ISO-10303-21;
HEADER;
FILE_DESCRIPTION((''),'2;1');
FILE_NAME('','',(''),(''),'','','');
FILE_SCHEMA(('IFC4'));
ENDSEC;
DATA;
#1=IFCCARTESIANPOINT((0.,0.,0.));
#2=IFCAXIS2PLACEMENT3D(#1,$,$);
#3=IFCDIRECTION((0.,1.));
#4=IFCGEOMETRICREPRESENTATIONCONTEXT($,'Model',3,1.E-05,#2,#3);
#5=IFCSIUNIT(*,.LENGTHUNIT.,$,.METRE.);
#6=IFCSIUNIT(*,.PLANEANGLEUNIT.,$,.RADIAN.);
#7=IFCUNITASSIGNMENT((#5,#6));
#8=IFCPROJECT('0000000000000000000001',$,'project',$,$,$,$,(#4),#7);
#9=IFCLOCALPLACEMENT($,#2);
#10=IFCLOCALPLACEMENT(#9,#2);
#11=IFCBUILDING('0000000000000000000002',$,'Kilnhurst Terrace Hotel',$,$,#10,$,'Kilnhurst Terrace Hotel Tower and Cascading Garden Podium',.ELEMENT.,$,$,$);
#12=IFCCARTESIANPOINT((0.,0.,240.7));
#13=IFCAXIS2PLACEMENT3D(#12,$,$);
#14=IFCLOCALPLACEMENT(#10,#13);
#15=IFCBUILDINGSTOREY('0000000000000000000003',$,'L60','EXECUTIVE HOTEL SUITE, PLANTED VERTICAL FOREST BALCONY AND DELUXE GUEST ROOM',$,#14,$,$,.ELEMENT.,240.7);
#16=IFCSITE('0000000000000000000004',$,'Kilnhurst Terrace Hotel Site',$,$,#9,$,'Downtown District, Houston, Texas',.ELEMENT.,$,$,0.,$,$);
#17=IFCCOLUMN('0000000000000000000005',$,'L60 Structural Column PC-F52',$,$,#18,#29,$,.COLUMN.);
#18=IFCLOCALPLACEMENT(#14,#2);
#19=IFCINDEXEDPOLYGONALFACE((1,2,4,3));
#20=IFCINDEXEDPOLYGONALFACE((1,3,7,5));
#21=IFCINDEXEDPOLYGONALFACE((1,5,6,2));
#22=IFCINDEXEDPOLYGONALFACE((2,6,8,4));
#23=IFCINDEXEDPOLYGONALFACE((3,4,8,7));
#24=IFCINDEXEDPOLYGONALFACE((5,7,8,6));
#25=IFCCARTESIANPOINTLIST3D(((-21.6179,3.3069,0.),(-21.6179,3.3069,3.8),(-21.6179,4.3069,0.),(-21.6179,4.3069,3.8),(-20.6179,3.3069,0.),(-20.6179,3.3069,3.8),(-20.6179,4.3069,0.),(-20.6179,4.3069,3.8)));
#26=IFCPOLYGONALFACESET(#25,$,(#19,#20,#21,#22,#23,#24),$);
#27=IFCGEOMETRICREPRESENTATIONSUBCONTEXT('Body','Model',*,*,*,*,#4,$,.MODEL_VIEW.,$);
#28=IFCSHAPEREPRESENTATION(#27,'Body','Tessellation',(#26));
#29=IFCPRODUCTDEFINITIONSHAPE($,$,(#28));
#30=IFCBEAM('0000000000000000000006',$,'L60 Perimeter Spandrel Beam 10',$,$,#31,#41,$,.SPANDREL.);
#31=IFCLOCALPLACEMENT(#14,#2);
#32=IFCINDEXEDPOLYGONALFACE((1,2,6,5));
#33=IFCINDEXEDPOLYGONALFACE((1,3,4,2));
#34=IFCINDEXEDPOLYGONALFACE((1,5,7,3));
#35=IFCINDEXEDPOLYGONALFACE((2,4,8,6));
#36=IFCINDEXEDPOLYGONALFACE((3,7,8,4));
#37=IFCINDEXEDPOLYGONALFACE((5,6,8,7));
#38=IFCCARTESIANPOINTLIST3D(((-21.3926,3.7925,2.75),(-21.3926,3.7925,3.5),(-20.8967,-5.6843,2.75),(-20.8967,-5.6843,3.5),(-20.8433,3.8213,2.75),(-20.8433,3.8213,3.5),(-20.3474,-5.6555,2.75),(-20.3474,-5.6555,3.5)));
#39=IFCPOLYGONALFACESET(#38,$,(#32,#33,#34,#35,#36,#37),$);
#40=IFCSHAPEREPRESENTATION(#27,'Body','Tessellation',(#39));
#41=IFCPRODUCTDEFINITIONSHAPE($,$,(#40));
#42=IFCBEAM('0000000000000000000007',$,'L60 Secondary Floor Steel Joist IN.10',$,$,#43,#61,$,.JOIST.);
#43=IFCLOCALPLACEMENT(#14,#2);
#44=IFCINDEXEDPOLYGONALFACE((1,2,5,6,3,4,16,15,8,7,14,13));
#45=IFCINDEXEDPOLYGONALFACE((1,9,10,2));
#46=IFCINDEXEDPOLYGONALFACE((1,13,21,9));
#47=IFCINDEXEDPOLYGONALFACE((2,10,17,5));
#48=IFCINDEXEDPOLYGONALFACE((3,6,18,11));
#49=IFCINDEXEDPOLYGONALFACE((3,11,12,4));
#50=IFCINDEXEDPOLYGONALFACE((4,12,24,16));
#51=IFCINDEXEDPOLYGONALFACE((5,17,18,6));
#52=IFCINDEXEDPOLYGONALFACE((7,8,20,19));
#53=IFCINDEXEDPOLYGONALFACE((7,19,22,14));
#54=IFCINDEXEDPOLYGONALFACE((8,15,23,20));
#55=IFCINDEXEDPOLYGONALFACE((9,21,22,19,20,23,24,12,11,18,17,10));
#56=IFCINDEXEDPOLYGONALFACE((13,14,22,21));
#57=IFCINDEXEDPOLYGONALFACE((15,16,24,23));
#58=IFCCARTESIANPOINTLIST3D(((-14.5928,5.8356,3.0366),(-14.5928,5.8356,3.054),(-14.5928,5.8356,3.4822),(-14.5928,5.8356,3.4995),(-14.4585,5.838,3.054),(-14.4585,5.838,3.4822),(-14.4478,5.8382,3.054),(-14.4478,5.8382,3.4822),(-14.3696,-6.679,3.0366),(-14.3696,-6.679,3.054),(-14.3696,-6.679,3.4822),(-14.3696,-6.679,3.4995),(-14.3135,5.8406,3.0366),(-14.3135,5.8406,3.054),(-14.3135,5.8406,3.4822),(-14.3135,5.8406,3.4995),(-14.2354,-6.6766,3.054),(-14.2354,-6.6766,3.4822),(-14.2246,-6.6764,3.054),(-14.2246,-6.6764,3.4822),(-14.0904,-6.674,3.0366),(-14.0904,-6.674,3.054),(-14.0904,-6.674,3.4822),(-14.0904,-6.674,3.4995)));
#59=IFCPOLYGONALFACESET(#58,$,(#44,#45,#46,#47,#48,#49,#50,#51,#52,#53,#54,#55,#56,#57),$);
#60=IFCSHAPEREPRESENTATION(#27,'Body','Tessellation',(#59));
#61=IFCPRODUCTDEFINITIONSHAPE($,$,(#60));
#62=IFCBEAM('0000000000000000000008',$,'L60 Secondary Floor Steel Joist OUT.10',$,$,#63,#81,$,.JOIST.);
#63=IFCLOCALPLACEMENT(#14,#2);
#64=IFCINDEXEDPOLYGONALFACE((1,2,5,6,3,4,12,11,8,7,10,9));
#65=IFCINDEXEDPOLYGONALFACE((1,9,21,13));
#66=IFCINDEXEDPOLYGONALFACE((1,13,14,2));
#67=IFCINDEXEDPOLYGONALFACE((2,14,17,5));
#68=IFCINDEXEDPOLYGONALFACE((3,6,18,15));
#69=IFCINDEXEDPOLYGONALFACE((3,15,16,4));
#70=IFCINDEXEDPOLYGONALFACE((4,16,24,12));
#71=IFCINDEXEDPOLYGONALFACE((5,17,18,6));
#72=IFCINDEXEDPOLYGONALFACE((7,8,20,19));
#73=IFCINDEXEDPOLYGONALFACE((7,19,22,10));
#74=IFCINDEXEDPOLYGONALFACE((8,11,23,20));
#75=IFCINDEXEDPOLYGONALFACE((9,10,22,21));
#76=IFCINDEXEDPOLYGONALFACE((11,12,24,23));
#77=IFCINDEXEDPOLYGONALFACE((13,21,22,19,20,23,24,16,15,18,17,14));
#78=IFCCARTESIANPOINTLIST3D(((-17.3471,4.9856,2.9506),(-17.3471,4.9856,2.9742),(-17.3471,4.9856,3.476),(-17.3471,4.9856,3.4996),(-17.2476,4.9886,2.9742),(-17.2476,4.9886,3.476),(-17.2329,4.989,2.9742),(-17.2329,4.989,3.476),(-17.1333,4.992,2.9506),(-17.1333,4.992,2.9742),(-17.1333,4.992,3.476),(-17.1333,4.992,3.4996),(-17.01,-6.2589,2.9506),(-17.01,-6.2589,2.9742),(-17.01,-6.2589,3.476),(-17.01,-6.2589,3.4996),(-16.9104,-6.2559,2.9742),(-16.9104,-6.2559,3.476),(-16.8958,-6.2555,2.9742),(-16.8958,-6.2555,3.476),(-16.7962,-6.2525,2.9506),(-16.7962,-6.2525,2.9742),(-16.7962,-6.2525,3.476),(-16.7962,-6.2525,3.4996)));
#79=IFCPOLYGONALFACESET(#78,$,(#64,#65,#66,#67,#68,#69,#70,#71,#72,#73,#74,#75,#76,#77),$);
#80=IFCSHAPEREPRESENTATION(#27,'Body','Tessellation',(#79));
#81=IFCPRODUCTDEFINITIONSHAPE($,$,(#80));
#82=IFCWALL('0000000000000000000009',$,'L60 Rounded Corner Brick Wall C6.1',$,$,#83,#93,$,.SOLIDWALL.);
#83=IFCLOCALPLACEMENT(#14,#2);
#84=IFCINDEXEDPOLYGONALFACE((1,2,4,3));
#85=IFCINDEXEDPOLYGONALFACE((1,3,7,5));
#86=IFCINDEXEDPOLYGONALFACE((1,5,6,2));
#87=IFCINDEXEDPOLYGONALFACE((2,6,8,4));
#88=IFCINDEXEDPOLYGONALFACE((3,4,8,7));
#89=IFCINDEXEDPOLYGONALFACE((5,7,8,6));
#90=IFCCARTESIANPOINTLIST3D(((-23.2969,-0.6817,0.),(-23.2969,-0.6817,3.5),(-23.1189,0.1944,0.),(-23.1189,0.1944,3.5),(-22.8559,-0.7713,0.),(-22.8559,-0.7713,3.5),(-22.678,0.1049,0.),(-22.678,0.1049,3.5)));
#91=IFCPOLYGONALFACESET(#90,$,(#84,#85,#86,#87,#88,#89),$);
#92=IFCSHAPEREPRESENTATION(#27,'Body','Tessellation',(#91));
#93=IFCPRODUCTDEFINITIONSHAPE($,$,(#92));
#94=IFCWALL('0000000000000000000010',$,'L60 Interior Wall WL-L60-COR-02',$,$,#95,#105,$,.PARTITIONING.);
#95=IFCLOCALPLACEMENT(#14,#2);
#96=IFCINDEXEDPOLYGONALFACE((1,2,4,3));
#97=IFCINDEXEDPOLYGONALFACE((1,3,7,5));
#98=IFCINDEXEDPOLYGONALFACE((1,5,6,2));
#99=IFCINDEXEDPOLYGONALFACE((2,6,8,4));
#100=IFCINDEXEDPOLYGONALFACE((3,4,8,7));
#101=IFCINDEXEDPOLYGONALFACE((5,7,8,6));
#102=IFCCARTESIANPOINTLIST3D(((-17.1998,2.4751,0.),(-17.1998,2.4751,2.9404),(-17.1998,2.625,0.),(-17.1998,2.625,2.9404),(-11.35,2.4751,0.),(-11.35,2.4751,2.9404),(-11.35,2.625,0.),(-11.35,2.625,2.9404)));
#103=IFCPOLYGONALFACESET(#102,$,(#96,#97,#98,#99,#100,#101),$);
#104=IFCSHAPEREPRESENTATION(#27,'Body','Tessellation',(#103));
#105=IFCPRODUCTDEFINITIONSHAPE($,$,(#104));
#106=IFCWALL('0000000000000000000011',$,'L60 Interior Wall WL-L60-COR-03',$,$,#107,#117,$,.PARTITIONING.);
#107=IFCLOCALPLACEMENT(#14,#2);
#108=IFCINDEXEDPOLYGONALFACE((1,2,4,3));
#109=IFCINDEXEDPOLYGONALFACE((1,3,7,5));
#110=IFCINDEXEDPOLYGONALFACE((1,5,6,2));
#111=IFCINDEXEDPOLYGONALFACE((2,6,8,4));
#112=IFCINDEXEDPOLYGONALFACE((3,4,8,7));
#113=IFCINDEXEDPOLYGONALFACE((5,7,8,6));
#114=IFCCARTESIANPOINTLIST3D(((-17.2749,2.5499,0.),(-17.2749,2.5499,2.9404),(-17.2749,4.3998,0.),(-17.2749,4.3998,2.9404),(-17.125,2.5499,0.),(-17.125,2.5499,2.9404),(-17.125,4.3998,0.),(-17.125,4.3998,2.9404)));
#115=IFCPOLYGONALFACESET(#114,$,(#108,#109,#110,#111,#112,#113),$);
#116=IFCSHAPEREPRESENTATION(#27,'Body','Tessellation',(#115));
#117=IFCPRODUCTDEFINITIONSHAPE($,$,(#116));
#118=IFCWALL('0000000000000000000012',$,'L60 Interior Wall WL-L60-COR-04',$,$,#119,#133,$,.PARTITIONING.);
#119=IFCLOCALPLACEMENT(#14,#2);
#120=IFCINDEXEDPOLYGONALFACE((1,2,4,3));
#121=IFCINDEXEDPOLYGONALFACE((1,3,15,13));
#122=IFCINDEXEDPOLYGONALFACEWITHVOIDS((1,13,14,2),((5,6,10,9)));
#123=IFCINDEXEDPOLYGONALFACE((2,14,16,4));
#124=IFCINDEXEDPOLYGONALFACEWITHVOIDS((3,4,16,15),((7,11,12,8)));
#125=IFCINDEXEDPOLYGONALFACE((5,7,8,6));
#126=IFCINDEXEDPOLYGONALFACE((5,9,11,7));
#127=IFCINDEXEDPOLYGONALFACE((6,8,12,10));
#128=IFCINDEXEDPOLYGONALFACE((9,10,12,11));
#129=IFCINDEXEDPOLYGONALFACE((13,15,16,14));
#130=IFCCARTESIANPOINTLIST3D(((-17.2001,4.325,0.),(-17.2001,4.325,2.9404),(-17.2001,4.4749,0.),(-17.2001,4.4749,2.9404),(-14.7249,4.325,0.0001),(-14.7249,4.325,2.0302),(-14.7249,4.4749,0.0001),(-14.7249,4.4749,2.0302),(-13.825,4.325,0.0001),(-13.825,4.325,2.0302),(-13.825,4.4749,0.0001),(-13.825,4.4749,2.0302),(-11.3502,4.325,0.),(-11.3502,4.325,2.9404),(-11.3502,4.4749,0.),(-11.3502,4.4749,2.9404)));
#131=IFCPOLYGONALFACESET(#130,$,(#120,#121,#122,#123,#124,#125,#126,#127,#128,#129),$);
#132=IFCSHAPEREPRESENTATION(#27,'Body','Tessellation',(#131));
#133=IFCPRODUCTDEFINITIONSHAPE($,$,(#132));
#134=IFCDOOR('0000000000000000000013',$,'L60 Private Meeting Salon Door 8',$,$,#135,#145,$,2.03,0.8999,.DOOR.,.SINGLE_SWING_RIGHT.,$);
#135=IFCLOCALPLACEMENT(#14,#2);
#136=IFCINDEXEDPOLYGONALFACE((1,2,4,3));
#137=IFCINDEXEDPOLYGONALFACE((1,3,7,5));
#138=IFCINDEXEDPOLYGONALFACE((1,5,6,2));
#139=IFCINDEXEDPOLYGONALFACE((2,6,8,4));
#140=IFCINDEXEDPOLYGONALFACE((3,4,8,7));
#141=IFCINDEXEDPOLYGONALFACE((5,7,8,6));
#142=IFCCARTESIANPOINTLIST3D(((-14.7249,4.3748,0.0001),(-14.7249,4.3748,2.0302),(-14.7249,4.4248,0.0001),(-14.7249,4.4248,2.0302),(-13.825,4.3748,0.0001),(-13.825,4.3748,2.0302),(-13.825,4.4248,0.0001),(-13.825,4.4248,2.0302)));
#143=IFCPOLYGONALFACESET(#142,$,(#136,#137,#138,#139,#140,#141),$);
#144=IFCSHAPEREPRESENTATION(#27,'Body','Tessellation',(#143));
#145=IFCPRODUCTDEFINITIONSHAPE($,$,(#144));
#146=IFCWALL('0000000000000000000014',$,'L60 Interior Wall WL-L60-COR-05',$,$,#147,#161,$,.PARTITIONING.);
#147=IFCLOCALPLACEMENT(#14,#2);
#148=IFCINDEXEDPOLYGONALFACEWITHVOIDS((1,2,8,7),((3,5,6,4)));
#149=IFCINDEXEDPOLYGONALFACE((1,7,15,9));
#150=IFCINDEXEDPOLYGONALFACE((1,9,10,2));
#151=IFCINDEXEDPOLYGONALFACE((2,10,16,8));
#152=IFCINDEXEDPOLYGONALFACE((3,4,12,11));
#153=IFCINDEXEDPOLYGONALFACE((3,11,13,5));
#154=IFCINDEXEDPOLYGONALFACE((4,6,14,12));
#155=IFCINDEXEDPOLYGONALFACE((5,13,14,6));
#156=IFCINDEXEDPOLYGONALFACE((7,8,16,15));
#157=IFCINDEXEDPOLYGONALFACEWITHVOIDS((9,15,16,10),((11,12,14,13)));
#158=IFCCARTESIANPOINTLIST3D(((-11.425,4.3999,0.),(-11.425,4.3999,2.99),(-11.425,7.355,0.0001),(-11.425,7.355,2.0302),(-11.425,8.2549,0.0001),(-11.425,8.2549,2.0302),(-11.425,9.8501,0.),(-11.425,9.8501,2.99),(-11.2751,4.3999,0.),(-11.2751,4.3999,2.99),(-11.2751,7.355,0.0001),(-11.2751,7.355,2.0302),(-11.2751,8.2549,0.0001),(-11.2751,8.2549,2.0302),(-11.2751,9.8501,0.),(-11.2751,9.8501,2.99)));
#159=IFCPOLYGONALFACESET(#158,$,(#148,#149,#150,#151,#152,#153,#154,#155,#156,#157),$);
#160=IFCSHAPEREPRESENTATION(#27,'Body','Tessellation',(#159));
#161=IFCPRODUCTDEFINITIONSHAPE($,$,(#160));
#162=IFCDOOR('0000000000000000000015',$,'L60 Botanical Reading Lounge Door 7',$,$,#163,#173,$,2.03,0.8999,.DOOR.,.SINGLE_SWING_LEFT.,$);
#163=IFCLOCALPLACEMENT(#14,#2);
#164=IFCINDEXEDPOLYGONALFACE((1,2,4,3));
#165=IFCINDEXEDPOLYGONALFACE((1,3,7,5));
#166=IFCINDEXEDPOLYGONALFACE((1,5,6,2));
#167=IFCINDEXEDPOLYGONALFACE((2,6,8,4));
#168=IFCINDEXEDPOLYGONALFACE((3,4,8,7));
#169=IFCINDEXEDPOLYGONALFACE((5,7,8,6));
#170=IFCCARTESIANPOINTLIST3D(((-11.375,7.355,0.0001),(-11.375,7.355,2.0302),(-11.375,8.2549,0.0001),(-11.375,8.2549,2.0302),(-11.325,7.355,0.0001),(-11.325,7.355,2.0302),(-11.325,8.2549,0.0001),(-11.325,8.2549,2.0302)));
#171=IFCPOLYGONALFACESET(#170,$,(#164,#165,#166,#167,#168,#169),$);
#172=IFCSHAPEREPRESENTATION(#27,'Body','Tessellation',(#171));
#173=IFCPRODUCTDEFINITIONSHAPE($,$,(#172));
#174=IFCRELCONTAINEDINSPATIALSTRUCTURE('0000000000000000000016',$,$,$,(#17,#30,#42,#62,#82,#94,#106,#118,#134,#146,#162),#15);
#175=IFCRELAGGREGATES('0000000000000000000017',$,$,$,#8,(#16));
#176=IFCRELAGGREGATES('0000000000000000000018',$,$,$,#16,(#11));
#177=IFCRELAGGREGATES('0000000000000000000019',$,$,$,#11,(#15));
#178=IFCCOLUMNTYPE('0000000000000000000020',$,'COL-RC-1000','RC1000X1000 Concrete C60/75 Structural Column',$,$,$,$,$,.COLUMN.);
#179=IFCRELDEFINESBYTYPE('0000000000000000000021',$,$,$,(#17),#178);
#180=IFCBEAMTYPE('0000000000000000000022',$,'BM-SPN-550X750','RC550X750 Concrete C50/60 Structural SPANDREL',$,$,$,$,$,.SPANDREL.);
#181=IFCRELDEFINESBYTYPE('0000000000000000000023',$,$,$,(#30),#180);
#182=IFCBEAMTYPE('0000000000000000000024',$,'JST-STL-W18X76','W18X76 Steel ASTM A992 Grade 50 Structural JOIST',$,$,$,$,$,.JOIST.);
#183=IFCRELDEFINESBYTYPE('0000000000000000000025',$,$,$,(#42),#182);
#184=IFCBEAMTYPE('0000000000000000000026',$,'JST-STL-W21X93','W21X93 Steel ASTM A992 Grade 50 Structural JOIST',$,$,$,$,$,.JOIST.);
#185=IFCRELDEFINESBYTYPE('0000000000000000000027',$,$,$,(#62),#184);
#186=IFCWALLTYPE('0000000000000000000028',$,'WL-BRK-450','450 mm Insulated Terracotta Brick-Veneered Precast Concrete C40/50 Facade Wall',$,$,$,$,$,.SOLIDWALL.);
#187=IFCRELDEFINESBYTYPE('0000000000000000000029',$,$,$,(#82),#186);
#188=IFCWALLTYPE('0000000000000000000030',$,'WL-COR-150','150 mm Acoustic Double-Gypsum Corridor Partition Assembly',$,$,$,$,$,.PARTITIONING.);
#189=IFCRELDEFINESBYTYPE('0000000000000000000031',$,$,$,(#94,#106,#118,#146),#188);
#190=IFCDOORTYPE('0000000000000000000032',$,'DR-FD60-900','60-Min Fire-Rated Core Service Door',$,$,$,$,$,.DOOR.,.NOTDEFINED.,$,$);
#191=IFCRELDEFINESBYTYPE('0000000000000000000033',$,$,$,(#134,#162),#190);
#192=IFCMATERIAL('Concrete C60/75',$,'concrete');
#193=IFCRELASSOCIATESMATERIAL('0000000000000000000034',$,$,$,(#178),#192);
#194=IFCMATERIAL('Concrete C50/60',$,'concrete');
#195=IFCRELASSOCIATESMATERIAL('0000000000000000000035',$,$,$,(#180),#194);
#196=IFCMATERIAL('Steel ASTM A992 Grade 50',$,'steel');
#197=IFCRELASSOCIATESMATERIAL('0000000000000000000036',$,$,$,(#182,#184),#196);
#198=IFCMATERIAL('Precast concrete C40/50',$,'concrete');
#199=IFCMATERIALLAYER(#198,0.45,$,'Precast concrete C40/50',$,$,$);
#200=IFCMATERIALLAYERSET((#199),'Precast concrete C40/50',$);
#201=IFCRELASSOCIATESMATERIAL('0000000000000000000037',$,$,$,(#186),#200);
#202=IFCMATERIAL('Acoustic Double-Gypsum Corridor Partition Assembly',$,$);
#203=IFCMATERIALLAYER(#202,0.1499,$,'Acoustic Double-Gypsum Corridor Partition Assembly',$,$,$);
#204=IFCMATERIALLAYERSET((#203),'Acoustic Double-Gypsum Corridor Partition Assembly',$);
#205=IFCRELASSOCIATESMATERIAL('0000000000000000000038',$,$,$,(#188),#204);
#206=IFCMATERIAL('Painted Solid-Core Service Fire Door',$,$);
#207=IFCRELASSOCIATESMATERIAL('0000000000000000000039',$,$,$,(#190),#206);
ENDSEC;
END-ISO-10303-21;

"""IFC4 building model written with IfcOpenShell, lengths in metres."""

from ifc_helpers import new_model, si_unit, direction, frame, frame_2d, origin, origin_2d, place, context, subcontext, project, spatial, rectangle, i_section, extrude, material, layer, layer_set, material_profile, profile_set, type_object, element, fill, save


model = new_model("IFC4")

# Units and contexts
model_context = context("Model", 3, precision=1e-05, world=origin(), true_north=direction((0.0, 1.0)))
body_context = subcontext(model_context, "Body", "Model", "MODEL_VIEW")
ifc_project = project(units=[si_unit("LENGTHUNIT", "METRE"), si_unit("PLANEANGLEUNIT", "RADIAN")], contexts=[model_context])

# Site, building, storey
site_placement = place(None, origin())
site = spatial("IfcSite", under=ifc_project, at=site_placement, Name="Kilnhurst Terrace Hotel Site", LongName="Downtown District, Houston, Texas", CompositionType="ELEMENT", RefElevation=0.0)
building_placement = place(site_placement, origin())
building = spatial("IfcBuilding", under=site, at=building_placement, Name="Kilnhurst Terrace Hotel", LongName="Kilnhurst Terrace Hotel Tower and Cascading Garden Podium", CompositionType="ELEMENT")
storey_placement = place(building_placement, frame((0.0, 0.0, 240.7)))
storey = spatial("IfcBuildingStorey", under=building, at=storey_placement, Name="L60", Description="EXECUTIVE HOTEL SUITE, PLANTED VERTICAL FOREST BALCONY AND DELUXE GUEST ROOM", CompositionType="ELEMENT", Elevation=240.7)

# Column
ifc_material_1 = material(Name="Concrete C60/75", Category="concrete")
ifc_material_profile_1 = material_profile(ifc_material_1, rectangle(XDim=1.0, YDim=1.0, at=origin_2d()), Name="RC1000X1000")
ifc_profile_set_1 = profile_set([ifc_material_profile_1], Name="Concrete C60/75")
column_type = type_object("IfcColumnType", Name="COL-RC-1000", Description="RC1000X1000 Concrete C60/75 Structural Column", PredefinedType="COLUMN", material=ifc_profile_set_1)
column_placement = place(storey_placement, frame((-21.1179, 3.8069, 0.0), z_axis=(0.0, 0.0, 1.0), x_axis=(1.0, 0.0, 0.0)))
element("IfcColumn", 1, at=column_placement, inside=storey, type_object=column_type, Name="L60 Structural Column PC-F52", PredefinedType="COLUMN", context=body_context, shape_type="SweptSolid", body=[
    extrude(rectangle(XDim=1.0, YDim=1.0, at=origin_2d()), origin(), (0.0, 0.0, 1.0), 3.8),
])

# Beams
ifc_material_2 = material(Name="Concrete C50/60", Category="concrete")
ifc_material_profile_2 = material_profile(ifc_material_2, rectangle(XDim=0.55, YDim=0.75, at=origin_2d()), Name="RC550X750")
ifc_profile_set_2 = profile_set([ifc_material_profile_2], Name="Concrete C50/60")
beam_type_1 = type_object("IfcBeamType", Name="BM-SPN-550X750", Description="RC550X750 Concrete C50/60 Structural SPANDREL", PredefinedType="SPANDREL", material=ifc_profile_set_2)
beam_1_placement = place(storey_placement, frame((-21.1179, 3.8069, 3.125), z_axis=(0.052251, -0.998634, 0.0), x_axis=(0.998634, 0.052251, 0.0)))
element("IfcBeam", 2, at=beam_1_placement, inside=storey, type_object=beam_type_1, Name="L60 Perimeter Spandrel Beam 10", PredefinedType="SPANDREL", context=body_context, shape_type="SweptSolid", body=[
    extrude(rectangle(XDim=0.55, YDim=0.75, at=origin_2d()), origin(), (0.0, 0.0, 1.0), 9.4897),
])
ifc_material_3 = material(Name="Steel ASTM A992 Grade 50", Category="steel")
ifc_material_profile_3 = material_profile(ifc_material_3, i_section(OverallWidth=0.2793, OverallDepth=0.4629, WebThickness=0.0107, FlangeThickness=0.0173, at=origin_2d()), Name="W18X76")
ifc_profile_set_3 = profile_set([ifc_material_profile_3], Name="Steel ASTM A992 Grade 50")
beam_type_2 = type_object("IfcBeamType", Name="JST-STL-W18X76", Description="W18X76 Steel ASTM A992 Grade 50 Structural JOIST", PredefinedType="JOIST", material=ifc_profile_set_3)
beam_2_placement = place(storey_placement, frame((-14.4531, 5.8381, 3.2681), z_axis=(0.017828, -0.999841, 0.0), x_axis=(0.999841, 0.017828, 0.0)))
element("IfcBeam", 3, at=beam_2_placement, inside=storey, type_object=beam_type_2, Name="L60 Secondary Floor Steel Joist IN.10", PredefinedType="JOIST", context=body_context, shape_type="SweptSolid", body=[
    extrude(i_section(OverallWidth=0.2793, OverallDepth=0.4629, WebThickness=0.0107, FlangeThickness=0.0173, at=origin_2d()), origin(), (0.0, 0.0, 1.0), 12.5166),
])
ifc_material_profile_4 = material_profile(ifc_material_3, i_section(OverallWidth=0.2139, OverallDepth=0.5491, WebThickness=0.0146, FlangeThickness=0.0237, at=origin_2d()), Name="W21X93")
ifc_profile_set_4 = profile_set([ifc_material_profile_4], Name="Steel ASTM A992 Grade 50")
beam_type_3 = type_object("IfcBeamType", Name="JST-STL-W21X93", Description="W21X93 Steel ASTM A992 Grade 50 Structural JOIST", PredefinedType="JOIST", material=ifc_profile_set_4)
beam_3_placement = place(storey_placement, frame((-17.2402, 4.9888, 3.2251), z_axis=(0.029971, -0.999551, 0.0), x_axis=(0.999551, 0.029971, 0.0)))
element("IfcBeam", 4, at=beam_3_placement, inside=storey, type_object=beam_type_3, Name="L60 Secondary Floor Steel Joist OUT.10", PredefinedType="JOIST", context=body_context, shape_type="SweptSolid", body=[
    extrude(i_section(OverallWidth=0.2139, OverallDepth=0.5491, WebThickness=0.0146, FlangeThickness=0.0237, at=origin_2d()), origin(), (0.0, 0.0, 1.0), 11.2495),
])

# Walls
ifc_material_4 = material(Name="Precast concrete C40/50", Category="concrete")
ifc_layer_1 = layer(ifc_material_4, 0.45, Name="Precast concrete C40/50")
ifc_layer_set_1 = layer_set([ifc_layer_1], Name="Precast concrete C40/50")
wall_type_1 = type_object("IfcWallType", Name="WL-BRK-450", Description="450 mm Insulated Terracotta Brick-Veneered Precast Concrete C40/50 Facade Wall", PredefinedType="SOLIDWALL", material=ifc_layer_set_1)
wall_1_placement = place(storey_placement, frame((-22.8984, 0.1497, 0.0), z_axis=(0.0, 0.0, 1.0), x_axis=(-0.199056, -0.979988, 0.0)))
element("IfcWall", 5, at=wall_1_placement, inside=storey, type_object=wall_type_1, Name="L60 Rounded Corner Brick Wall C6.1", PredefinedType="SOLIDWALL", context=body_context, shape_type="SweptSolid", body=[
    extrude(rectangle(XDim=0.894, YDim=0.45, at=frame_2d((0.447, 0.0))), origin(), (0.0, 0.0, 1.0), 3.5),
])
ifc_material_5 = material(Name="Acoustic Double-Gypsum Corridor Partition Assembly")
ifc_layer_2 = layer(ifc_material_5, 0.1499, Name="Acoustic Double-Gypsum Corridor Partition Assembly")
ifc_layer_set_2 = layer_set([ifc_layer_2], Name="Acoustic Double-Gypsum Corridor Partition Assembly")
wall_type_2 = type_object("IfcWallType", Name="WL-COR-150", Description="150 mm Acoustic Double-Gypsum Corridor Partition Assembly", PredefinedType="PARTITIONING", material=ifc_layer_set_2)
wall_2_placement = place(storey_placement, frame((-11.3501, 2.55, 0.0), z_axis=(0.0, 0.0, 1.0), x_axis=(-1.0, 0.0, 0.0)))
element("IfcWall", 6, at=wall_2_placement, inside=storey, type_object=wall_type_2, Name="L60 Interior Wall WL-L60-COR-02", PredefinedType="PARTITIONING", context=body_context, shape_type="SweptSolid", body=[
    extrude(rectangle(XDim=5.8499, YDim=0.1499, at=frame_2d((2.9248, 0.0))), origin(), (0.0, 0.0, 1.0), 2.9404),
])
wall_3_placement = place(storey_placement, frame((-17.2, 2.55, 0.0), z_axis=(0.0, 0.0, 1.0), x_axis=(0.0, 1.0, 0.0)))
element("IfcWall", 7, at=wall_3_placement, inside=storey, type_object=wall_type_2, Name="L60 Interior Wall WL-L60-COR-03", PredefinedType="PARTITIONING", context=body_context, shape_type="SweptSolid", body=[
    extrude(rectangle(XDim=1.8499, YDim=0.1499, at=frame_2d((0.9248, 0.0))), origin(), (0.0, 0.0, 1.0), 2.9404),
])

# Walls, openings, doors
wall_4_placement = place(storey_placement, frame((-17.2, 4.3999, 0.0), z_axis=(0.0, 0.0, 1.0), x_axis=(1.0, 0.0, 0.0)))
wall_4 = element("IfcWall", 8, at=wall_4_placement, inside=storey, type_object=wall_type_2, Name="L60 Interior Wall WL-L60-COR-04", PredefinedType="PARTITIONING", context=body_context, shape_type="SweptSolid", body=[
    extrude(rectangle(XDim=5.8499, YDim=0.1499, at=frame_2d((2.9248, 0.0))), origin(), (0.0, 0.0, 1.0), 2.9404),
])
opening_1_placement = place(wall_4_placement, frame((2.4751, 0.0, 0.0)))
opening_1 = element("IfcOpeningElement", 9, at=opening_1_placement, cuts=wall_4, PredefinedType="OPENING", context=body_context, shape_type="SweptSolid", body=[
    extrude(rectangle(XDim=0.8999, YDim=2.03, at=frame_2d((0.45, 1.0151))), frame((0.0, 0.085, 0.0), z_axis=(0.0, -1.0, 0.0), x_axis=(1.0, 0.0, 0.0)), (0.0, 0.0, 1.0), 0.1699),
])
ifc_material_6 = material(Name="Painted Solid-Core Service Fire Door")
door_type = type_object("IfcDoorType", Name="DR-FD60-900", Description="60-Min Fire-Rated Core Service Door", OperationType="NOTDEFINED", PredefinedType="DOOR", material=ifc_material_6)
door_1_placement = place(opening_1_placement, origin())
door_1 = element("IfcDoor", 10, at=door_1_placement, inside=storey, type_object=door_type, Name="L60 Private Meeting Salon Door 8", OperationType="SINGLE_SWING_RIGHT", OverallHeight=2.03, OverallWidth=0.8999, PredefinedType="DOOR", context=body_context, shape_type="SweptSolid", body=[
    extrude(rectangle(XDim=0.8999, YDim=2.03, at=frame_2d((0.45, 1.0151))), frame((0.0, 0.0249, 0.0), z_axis=(0.0, -1.0, 0.0), x_axis=(1.0, 0.0, 0.0)), (0.0, 0.0, 1.0), 0.05),
])
fill(opening_1, door_1)
wall_5_placement = place(storey_placement, frame((-11.3501, 4.3999, 0.0), z_axis=(0.0, 0.0, 1.0), x_axis=(0.0, 1.0, 0.0)))
wall_5 = element("IfcWall", 11, at=wall_5_placement, inside=storey, type_object=wall_type_2, Name="L60 Interior Wall WL-L60-COR-05", PredefinedType="PARTITIONING", context=body_context, shape_type="SweptSolid", body=[
    extrude(rectangle(XDim=5.4502, YDim=0.1499, at=frame_2d((2.7251, 0.0))), origin(), (0.0, 0.0, 1.0), 2.99),
])
opening_2_placement = place(wall_5_placement, frame((2.9551, 0.0, 0.0)))
opening_2 = element("IfcOpeningElement", 12, at=opening_2_placement, cuts=wall_5, PredefinedType="OPENING", context=body_context, shape_type="SweptSolid", body=[
    extrude(rectangle(XDim=0.8999, YDim=2.03, at=frame_2d((0.45, 1.0151))), frame((0.0, 0.085, 0.0), z_axis=(0.0, -1.0, 0.0), x_axis=(1.0, 0.0, 0.0)), (0.0, 0.0, 1.0), 0.1699),
])
door_2_placement = place(opening_2_placement, origin())
door_2 = element("IfcDoor", 13, at=door_2_placement, inside=storey, type_object=door_type, Name="L60 Botanical Reading Lounge Door 7", OperationType="SINGLE_SWING_LEFT", OverallHeight=2.03, OverallWidth=0.8999, PredefinedType="DOOR", context=body_context, shape_type="SweptSolid", body=[
    extrude(rectangle(XDim=0.8999, YDim=2.03, at=frame_2d((0.45, 1.0151))), frame((0.0, 0.0249, 0.0), z_axis=(0.0, -1.0, 0.0), x_axis=(1.0, 0.0, 0.0)), (0.0, 0.0, 1.0), 0.05),
])
fill(opening_2, door_2)

save(model, "model.ifc")
